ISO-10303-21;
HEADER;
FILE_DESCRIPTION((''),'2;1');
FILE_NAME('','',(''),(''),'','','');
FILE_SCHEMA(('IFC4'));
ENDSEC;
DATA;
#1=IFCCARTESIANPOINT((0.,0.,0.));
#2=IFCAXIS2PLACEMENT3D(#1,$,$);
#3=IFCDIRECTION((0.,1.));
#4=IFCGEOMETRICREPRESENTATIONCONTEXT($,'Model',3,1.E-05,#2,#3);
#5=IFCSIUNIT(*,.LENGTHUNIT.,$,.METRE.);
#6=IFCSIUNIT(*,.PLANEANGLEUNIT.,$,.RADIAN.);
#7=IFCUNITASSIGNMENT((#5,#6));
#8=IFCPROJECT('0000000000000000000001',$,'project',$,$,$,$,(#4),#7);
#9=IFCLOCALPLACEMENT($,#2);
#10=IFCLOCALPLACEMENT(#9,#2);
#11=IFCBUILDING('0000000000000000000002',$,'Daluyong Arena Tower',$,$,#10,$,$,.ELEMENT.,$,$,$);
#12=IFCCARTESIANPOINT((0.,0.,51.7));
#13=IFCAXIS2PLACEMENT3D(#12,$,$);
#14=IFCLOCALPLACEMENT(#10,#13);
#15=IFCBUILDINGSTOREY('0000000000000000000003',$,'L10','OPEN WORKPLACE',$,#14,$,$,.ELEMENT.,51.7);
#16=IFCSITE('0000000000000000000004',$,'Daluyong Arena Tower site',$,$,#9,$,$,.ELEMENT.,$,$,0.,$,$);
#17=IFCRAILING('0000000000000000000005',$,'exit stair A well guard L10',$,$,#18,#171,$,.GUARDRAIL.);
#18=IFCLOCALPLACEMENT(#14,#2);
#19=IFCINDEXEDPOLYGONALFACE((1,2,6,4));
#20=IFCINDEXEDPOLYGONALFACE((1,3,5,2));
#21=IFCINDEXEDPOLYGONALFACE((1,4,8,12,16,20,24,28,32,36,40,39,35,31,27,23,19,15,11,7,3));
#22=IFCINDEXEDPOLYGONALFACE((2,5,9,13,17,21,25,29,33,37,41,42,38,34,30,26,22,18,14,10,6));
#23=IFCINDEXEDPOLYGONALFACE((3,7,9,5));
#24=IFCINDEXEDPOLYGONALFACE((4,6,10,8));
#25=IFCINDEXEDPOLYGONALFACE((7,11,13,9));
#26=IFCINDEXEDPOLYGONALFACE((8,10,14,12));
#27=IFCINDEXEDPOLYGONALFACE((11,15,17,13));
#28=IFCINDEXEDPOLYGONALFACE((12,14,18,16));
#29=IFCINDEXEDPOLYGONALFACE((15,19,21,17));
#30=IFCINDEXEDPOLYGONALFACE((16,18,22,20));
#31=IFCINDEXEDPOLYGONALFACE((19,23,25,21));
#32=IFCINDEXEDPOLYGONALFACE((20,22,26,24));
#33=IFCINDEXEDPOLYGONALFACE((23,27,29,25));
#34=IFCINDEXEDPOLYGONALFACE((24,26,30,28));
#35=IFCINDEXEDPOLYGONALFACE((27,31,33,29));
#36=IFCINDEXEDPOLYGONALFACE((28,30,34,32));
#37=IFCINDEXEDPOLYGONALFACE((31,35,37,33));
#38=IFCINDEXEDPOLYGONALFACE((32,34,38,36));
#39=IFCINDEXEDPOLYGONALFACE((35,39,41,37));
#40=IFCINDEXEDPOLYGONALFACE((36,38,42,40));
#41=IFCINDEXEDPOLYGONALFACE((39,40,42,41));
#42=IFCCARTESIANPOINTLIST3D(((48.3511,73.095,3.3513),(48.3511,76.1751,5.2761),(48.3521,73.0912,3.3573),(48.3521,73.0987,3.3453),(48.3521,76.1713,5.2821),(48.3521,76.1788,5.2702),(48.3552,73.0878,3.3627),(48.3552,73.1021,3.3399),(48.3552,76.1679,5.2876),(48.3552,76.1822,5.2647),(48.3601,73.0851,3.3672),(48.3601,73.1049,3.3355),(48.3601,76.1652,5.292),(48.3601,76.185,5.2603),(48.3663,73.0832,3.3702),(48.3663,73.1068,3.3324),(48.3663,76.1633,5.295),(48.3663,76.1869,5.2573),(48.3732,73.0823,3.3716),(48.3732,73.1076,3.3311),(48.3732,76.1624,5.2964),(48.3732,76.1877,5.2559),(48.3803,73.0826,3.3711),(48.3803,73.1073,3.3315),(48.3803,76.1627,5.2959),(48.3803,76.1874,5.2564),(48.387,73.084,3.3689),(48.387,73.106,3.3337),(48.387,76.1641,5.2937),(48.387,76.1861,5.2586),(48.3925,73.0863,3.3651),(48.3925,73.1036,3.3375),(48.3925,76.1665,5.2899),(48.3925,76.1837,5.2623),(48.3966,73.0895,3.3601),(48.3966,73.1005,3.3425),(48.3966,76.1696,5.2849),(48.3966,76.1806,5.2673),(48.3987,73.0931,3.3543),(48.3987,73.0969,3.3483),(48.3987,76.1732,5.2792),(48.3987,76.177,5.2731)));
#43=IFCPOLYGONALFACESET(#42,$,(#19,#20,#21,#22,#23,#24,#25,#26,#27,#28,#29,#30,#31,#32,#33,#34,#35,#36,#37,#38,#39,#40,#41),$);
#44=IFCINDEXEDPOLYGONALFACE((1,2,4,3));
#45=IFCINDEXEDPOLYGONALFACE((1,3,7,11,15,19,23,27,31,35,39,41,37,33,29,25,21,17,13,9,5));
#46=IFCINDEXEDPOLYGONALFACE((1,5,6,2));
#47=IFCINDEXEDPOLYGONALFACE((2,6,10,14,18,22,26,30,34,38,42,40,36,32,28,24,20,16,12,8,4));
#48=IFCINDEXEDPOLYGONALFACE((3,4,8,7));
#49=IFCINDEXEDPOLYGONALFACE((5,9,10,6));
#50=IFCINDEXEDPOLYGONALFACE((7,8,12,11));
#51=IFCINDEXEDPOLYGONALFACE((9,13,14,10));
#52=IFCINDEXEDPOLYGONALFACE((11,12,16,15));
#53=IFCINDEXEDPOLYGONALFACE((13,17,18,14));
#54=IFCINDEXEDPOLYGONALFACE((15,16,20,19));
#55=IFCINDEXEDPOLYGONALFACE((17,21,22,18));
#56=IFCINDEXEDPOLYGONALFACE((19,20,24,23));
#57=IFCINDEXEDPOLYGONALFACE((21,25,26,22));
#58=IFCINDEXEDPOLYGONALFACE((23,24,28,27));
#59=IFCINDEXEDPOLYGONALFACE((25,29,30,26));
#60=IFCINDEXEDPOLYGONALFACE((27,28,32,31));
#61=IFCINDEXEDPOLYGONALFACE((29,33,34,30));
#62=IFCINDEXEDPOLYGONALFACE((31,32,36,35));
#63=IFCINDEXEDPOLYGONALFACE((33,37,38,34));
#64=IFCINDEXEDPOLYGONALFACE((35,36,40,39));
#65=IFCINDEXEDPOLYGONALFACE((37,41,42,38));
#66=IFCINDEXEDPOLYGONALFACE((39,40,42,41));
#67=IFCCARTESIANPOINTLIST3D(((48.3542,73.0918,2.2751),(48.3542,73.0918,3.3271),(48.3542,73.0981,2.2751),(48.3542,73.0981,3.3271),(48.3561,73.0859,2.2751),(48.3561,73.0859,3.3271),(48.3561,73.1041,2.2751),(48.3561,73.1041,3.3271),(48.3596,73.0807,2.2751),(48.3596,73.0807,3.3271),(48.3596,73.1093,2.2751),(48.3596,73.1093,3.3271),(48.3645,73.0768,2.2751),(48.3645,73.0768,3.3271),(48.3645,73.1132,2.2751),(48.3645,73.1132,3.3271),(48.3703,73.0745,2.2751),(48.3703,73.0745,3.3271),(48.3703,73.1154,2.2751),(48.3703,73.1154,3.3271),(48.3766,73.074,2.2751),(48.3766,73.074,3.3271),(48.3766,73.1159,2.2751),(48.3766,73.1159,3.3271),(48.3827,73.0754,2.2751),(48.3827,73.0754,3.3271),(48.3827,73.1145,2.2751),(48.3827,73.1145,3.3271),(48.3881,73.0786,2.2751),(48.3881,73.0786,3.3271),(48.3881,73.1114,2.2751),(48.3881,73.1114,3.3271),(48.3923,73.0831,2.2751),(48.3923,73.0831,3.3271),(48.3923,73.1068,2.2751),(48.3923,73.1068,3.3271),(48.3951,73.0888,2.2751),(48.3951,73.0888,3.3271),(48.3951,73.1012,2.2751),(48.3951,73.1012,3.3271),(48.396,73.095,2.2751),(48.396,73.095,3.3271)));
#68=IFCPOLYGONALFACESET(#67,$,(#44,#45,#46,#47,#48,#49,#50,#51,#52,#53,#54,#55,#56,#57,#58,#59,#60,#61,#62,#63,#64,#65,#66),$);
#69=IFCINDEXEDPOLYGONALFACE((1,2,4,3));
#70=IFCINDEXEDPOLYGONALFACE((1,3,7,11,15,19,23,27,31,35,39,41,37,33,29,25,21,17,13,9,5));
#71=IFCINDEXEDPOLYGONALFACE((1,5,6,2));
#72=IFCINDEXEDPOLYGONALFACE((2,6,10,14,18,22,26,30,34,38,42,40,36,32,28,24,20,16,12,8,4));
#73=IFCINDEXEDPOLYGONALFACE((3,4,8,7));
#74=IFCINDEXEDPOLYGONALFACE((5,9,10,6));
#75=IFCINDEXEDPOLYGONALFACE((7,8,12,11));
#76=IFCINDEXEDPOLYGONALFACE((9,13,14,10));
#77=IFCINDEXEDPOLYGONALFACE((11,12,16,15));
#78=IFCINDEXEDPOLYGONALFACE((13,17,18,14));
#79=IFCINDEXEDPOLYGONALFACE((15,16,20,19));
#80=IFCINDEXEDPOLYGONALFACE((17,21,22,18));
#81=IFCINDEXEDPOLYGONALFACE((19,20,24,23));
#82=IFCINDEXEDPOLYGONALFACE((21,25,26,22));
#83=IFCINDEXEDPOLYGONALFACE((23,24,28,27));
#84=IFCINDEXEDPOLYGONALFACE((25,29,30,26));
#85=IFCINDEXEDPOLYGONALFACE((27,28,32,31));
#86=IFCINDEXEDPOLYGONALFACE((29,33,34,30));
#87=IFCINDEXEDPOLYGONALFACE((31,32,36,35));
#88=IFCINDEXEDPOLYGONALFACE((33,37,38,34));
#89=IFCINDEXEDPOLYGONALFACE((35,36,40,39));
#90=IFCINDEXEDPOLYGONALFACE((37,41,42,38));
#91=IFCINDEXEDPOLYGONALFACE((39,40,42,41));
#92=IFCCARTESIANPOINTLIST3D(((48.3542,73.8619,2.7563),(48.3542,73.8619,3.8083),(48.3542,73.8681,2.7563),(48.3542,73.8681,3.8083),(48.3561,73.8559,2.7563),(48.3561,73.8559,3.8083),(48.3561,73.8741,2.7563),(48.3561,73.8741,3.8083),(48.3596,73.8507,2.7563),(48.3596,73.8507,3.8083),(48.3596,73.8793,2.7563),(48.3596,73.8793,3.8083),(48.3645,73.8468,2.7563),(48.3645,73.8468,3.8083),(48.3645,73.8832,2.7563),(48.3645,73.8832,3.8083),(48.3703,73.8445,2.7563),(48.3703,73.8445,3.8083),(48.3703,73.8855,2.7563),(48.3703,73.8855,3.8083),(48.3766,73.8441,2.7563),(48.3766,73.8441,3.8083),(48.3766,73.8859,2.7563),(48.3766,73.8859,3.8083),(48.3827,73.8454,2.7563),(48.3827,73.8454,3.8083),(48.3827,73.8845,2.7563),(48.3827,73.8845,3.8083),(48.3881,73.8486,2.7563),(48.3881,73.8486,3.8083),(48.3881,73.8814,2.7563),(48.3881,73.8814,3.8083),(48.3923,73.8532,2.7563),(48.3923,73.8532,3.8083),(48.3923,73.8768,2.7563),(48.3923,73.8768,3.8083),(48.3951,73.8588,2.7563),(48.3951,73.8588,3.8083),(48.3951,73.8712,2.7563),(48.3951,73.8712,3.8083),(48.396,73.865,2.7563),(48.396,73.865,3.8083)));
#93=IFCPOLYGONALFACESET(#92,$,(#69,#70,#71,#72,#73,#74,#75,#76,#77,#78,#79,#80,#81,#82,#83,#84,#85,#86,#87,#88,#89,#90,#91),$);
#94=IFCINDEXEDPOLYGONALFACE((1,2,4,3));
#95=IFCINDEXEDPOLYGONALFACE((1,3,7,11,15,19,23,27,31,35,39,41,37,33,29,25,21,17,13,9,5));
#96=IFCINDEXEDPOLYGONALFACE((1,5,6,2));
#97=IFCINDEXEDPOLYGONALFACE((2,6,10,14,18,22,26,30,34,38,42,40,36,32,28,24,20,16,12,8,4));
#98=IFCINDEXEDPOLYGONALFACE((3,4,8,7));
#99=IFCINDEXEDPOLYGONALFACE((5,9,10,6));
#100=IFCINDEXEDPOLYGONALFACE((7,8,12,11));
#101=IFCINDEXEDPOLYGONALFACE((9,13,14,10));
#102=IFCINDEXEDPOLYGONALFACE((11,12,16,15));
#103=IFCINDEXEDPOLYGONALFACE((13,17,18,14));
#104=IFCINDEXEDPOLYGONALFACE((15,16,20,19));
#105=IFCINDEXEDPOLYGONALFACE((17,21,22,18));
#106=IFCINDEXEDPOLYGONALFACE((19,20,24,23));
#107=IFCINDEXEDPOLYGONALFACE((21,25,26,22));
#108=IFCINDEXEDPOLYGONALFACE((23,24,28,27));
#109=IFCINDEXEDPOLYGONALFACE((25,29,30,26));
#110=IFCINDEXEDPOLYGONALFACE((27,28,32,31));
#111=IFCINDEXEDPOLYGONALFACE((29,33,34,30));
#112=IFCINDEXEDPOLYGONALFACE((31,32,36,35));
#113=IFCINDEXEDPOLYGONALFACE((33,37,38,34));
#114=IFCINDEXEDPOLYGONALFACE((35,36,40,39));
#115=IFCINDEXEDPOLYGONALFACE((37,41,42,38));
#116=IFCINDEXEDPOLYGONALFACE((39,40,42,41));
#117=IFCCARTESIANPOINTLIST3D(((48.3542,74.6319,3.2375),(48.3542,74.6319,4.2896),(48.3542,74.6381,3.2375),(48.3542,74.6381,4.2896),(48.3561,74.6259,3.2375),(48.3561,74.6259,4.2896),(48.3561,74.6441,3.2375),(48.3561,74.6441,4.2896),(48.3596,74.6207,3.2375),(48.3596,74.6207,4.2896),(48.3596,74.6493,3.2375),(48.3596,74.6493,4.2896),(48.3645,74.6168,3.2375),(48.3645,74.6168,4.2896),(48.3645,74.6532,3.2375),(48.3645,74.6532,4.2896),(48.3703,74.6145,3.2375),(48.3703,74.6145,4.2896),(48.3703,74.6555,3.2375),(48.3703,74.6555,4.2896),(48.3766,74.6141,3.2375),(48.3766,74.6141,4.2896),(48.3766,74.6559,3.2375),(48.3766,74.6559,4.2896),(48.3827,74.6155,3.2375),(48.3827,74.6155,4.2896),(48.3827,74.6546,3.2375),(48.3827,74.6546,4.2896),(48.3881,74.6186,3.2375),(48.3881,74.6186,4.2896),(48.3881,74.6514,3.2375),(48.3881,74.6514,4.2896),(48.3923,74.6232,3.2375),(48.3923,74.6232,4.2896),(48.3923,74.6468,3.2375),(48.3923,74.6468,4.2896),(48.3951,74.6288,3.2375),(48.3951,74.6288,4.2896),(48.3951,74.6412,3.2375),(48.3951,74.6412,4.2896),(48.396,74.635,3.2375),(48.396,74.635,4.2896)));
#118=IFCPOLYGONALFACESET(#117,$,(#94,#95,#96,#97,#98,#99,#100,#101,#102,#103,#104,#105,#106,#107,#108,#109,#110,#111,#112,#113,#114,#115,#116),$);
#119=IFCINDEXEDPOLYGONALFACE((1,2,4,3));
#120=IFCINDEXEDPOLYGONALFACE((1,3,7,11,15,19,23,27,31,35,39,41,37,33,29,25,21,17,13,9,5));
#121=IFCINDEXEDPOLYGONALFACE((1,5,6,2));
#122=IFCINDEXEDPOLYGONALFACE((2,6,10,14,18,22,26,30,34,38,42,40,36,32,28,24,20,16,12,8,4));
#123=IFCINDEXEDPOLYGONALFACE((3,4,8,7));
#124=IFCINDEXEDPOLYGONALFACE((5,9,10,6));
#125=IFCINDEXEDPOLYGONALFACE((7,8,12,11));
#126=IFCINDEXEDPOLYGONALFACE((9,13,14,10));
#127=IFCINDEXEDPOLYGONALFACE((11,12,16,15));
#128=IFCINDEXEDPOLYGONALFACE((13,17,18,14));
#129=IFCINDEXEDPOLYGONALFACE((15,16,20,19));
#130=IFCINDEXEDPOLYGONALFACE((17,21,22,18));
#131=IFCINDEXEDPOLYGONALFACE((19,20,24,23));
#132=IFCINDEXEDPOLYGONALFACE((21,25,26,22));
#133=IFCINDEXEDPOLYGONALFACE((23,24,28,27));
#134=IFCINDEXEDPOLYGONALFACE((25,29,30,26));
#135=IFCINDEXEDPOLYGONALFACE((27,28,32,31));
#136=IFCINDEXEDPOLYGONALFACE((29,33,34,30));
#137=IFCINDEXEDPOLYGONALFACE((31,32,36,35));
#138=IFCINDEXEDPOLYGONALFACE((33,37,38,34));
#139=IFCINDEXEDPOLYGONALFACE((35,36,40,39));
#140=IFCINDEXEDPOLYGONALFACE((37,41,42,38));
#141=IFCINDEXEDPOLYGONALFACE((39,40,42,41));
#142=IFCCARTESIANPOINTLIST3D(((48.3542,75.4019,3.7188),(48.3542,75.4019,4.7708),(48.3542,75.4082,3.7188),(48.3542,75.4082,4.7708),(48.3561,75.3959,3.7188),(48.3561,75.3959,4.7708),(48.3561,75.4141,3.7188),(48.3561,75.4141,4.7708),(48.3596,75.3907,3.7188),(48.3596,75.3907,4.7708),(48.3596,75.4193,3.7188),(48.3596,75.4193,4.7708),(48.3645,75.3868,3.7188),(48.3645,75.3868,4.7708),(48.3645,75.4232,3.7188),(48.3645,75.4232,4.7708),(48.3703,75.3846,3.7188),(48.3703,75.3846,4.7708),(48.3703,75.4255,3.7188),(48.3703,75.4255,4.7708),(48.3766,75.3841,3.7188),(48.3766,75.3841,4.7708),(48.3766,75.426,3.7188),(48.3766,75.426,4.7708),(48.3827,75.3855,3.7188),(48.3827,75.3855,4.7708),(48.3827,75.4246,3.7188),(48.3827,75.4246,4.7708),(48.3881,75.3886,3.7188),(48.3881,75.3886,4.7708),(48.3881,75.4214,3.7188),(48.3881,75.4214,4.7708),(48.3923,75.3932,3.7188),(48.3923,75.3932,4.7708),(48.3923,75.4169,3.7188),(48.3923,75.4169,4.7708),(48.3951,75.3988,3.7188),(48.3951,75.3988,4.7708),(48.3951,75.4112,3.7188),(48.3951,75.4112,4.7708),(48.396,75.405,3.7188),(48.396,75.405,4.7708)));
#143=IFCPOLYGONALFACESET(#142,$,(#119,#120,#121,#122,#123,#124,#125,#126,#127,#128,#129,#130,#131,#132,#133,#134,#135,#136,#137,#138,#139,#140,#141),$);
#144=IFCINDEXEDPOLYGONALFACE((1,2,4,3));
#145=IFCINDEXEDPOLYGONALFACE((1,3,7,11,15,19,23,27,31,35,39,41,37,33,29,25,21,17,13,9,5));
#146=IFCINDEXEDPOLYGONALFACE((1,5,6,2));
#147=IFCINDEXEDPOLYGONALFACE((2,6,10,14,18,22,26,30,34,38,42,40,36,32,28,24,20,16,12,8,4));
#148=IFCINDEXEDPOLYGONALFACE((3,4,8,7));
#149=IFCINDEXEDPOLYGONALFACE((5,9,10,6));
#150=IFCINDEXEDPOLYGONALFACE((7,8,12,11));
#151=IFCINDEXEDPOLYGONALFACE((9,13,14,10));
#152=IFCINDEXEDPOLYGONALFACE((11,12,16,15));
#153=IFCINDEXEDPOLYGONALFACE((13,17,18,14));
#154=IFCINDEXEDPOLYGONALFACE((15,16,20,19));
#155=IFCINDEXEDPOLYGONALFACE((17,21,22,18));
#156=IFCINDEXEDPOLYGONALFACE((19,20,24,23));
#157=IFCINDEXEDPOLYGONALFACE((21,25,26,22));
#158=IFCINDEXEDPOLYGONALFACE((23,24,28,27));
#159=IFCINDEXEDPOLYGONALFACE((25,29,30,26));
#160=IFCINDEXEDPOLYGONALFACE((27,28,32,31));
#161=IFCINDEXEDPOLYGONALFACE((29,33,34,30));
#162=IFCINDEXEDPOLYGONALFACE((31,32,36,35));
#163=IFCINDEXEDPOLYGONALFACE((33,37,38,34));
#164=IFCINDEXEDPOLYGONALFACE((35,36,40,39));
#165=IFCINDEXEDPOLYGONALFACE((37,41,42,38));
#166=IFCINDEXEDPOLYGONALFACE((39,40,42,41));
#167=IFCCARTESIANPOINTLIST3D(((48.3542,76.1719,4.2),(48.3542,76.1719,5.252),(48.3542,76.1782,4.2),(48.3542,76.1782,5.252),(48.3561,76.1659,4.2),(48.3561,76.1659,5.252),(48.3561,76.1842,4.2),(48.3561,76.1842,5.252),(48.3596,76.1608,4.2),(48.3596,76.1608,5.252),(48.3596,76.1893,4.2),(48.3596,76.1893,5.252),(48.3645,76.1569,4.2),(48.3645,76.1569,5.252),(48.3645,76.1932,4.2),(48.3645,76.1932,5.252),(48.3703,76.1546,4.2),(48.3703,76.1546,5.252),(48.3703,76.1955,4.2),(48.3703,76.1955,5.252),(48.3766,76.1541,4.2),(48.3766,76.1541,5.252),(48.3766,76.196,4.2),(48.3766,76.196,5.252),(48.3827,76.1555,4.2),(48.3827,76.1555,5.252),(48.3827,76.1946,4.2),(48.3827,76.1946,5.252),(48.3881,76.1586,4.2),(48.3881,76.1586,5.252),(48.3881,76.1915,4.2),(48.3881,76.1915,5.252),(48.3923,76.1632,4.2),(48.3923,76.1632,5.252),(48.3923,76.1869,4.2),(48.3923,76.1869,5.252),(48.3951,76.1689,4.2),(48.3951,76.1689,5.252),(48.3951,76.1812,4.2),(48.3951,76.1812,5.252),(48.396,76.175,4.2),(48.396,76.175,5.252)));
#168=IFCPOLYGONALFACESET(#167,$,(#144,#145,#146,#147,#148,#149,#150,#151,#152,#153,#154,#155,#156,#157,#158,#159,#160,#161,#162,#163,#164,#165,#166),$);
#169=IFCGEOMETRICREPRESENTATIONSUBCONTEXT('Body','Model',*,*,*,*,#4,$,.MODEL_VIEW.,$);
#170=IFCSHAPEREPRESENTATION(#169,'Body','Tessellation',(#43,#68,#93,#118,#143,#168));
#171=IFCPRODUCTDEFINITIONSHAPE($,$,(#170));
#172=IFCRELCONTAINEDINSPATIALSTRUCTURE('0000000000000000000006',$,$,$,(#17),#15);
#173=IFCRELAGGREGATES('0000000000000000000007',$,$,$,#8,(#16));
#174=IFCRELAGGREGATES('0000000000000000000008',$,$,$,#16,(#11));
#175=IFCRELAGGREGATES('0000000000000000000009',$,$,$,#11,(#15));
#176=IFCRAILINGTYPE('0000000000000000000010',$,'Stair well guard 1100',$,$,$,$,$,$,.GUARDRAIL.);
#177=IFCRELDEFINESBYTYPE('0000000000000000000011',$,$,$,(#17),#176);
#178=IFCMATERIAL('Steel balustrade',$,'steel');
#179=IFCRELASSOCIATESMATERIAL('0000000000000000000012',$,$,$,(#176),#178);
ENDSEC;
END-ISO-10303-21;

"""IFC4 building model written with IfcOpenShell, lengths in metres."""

from ifc_helpers import new_model, si_unit, direction, frame, origin, origin_2d, place, context, subcontext, project, spatial, circle, extrude, material, type_object, element, save


model = new_model("IFC4")

# Units and contexts
model_context = context("Model", 3, precision=1e-05, world=origin(), true_north=direction((0.0, 1.0)))
body_context = subcontext(model_context, "Body", "Model", "MODEL_VIEW")
ifc_project = project(units=[si_unit("LENGTHUNIT", "METRE"), si_unit("PLANEANGLEUNIT", "RADIAN")], contexts=[model_context])

# Site, building, storey
site_placement = place(None, origin())
site = spatial("IfcSite", under=ifc_project, at=site_placement, Name="Daluyong Arena Tower site", CompositionType="ELEMENT", RefElevation=0.0)
building_placement = place(site_placement, origin())
building = spatial("IfcBuilding", under=site, at=building_placement, Name="Daluyong Arena Tower", CompositionType="ELEMENT")
storey_placement = place(building_placement, frame((0.0, 0.0, 51.7)))
storey = spatial("IfcBuildingStorey", under=building, at=storey_placement, Name="L10", Description="OPEN WORKPLACE", CompositionType="ELEMENT", Elevation=51.7)

# Railing
ifc_material_1 = material(Name="Steel balustrade", Category="steel")
railing_type_1 = type_object("IfcRailingType", Name="Stair well guard 1100", PredefinedType="GUARDRAIL", material=ifc_material_1)
railing_1_placement = place(storey_placement, frame((48.375, 73.095, 2.2751)))
element("IfcRailing", 1, at=railing_1_placement, inside=storey, type_object=railing_type_1, Name="exit stair A well guard L10", PredefinedType="GUARDRAIL", context=body_context, shape_type="SweptSolid", body=[
    extrude(circle(Radius=0.0239, at=origin_2d()), frame((0.0, 0.0, 1.0762), z_axis=(0.0, 0.848029, 0.529951), x_axis=(-1.0, 0.0, 0.0)), (0.0, 0.0, 1.0), 3.6321),
    extrude(circle(Radius=0.021, at=origin_2d()), origin(), (0.0, 0.0, 1.0), 1.052),
    extrude(circle(Radius=0.021, at=origin_2d()), frame((0.0, 0.77, 0.4812)), (0.0, 0.0, 1.0), 1.052),
    extrude(circle(Radius=0.021, at=origin_2d()), frame((0.0, 1.54, 0.9624)), (0.0, 0.0, 1.0), 1.052),
    extrude(circle(Radius=0.021, at=origin_2d()), frame((0.0, 2.3101, 1.4436)), (0.0, 0.0, 1.0), 1.052),
    extrude(circle(Radius=0.021, at=origin_2d()), frame((0.0, 3.0801, 1.9248)), (0.0, 0.0, 1.0), 1.052),
])

save(model, "model.ifc")
